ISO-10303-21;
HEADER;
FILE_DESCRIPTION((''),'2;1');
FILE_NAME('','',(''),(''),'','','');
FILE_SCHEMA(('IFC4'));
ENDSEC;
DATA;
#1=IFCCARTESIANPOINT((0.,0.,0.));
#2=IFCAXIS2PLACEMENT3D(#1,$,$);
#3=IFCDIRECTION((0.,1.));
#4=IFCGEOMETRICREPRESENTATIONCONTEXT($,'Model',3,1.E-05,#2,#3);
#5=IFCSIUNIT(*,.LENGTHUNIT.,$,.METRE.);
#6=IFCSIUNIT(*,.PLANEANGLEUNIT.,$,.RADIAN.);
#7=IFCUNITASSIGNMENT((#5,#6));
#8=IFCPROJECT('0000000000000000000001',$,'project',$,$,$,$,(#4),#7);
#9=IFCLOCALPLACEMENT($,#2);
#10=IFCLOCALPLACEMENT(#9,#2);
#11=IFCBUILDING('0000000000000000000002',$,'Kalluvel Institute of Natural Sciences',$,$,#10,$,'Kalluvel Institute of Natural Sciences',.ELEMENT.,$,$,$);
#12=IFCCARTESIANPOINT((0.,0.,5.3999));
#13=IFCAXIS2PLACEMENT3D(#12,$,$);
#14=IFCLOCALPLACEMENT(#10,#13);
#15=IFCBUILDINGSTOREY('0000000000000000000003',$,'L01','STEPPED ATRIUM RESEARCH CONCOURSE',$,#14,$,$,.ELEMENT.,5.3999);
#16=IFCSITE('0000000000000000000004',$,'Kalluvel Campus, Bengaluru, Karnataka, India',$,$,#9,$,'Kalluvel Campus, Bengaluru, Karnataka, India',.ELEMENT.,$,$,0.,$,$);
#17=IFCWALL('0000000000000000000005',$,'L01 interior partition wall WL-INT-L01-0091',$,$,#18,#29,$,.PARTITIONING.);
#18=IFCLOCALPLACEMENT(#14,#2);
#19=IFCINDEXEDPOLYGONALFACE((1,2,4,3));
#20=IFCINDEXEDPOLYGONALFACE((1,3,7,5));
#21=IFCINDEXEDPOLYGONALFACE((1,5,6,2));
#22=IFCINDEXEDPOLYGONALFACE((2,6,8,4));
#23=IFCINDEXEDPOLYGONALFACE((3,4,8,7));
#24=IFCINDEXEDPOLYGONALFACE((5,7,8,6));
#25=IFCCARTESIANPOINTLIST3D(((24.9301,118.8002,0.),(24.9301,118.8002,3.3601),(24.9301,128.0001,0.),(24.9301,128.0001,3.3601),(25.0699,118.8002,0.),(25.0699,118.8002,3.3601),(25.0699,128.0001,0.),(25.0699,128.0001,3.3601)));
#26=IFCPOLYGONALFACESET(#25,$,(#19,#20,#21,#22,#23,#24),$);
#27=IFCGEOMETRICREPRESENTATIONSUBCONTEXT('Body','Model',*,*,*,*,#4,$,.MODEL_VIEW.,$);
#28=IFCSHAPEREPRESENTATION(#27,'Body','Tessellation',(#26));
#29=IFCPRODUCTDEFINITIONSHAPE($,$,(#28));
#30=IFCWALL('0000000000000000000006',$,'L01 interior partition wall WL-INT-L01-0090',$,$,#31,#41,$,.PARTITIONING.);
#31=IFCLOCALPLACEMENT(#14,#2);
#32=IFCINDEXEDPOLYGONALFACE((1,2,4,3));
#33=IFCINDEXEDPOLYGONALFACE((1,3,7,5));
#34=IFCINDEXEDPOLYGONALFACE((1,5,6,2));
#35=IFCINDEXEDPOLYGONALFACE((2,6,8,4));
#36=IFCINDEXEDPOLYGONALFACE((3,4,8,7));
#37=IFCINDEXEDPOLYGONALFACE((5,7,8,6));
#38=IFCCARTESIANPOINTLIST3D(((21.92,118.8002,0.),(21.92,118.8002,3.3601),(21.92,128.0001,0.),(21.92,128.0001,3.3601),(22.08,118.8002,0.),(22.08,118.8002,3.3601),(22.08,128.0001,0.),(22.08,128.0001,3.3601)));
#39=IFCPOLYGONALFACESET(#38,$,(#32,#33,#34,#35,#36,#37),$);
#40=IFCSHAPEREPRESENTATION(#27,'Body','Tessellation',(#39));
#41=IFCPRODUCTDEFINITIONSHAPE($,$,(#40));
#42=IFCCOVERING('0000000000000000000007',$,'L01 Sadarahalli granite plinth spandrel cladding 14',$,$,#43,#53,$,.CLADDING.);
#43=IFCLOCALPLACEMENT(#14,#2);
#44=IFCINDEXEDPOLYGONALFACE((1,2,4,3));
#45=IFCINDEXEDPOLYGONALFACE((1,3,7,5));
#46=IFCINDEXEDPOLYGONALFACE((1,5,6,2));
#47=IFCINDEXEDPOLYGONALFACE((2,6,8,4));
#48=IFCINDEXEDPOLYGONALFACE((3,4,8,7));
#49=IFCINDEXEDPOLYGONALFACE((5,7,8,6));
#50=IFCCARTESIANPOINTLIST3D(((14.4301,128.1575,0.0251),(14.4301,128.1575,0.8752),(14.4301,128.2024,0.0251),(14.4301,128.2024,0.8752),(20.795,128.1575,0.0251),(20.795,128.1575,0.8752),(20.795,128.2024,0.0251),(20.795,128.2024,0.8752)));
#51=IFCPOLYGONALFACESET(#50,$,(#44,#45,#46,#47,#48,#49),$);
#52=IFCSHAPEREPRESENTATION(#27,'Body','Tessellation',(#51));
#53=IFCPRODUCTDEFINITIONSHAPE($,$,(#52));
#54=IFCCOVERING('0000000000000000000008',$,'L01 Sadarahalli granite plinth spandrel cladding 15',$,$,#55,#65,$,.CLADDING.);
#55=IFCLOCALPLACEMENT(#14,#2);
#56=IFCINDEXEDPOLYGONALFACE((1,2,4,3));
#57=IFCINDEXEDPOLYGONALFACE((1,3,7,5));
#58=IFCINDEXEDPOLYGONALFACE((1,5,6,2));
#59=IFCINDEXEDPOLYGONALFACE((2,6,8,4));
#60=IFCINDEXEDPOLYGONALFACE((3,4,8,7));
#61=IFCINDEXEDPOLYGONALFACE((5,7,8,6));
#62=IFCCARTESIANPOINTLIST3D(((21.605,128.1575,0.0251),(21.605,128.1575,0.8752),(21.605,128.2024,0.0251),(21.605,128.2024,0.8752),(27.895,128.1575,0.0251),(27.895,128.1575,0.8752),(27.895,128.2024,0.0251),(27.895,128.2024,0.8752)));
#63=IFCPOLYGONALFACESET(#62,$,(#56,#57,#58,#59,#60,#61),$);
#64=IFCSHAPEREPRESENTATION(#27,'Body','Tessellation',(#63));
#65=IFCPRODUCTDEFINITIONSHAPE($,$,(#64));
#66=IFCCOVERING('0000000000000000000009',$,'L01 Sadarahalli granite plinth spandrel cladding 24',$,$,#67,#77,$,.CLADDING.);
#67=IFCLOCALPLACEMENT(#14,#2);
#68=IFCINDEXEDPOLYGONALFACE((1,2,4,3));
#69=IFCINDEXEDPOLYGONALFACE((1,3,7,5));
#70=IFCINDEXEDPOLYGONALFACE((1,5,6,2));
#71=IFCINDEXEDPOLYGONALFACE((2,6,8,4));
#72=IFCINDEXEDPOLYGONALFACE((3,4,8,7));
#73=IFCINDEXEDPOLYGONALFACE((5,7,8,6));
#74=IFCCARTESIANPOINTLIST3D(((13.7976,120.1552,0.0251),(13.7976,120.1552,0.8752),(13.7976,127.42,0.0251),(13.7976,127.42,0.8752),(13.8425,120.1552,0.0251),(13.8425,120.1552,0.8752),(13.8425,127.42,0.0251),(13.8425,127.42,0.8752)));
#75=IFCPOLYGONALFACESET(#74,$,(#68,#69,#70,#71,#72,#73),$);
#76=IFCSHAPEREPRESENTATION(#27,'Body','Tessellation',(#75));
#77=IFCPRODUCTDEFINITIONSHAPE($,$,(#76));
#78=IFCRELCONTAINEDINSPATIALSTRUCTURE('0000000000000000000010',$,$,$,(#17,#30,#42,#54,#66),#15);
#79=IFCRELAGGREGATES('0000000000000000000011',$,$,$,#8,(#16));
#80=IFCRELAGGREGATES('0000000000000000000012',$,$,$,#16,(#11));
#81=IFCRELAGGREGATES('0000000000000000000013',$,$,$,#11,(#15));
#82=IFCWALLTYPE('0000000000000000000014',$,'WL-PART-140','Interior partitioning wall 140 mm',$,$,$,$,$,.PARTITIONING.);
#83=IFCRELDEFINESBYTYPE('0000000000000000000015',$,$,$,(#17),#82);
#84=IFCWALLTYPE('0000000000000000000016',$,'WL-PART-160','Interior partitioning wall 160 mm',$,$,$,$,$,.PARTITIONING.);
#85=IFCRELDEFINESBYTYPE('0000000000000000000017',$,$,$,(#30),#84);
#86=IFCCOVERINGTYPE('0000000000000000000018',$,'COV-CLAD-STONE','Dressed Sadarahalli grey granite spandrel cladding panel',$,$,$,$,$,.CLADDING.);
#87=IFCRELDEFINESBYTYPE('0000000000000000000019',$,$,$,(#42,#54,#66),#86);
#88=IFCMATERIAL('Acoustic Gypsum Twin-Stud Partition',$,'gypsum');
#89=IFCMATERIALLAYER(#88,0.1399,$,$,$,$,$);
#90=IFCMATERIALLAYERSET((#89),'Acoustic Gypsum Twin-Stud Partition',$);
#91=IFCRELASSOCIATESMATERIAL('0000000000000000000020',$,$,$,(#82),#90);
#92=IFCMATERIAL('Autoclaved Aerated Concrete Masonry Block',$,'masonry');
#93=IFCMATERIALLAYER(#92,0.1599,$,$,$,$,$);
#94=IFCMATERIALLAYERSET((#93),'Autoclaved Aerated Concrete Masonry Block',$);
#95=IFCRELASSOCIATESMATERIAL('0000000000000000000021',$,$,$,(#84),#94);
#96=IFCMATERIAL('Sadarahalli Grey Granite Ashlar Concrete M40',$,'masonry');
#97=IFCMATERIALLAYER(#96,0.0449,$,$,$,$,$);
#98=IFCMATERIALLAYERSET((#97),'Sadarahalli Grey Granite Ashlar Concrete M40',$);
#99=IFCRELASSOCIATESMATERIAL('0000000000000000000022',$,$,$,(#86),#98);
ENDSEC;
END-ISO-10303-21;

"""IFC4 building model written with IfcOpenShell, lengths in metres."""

from ifc_helpers import new_model, si_unit, direction, frame, frame_2d, origin, origin_2d, place, context, subcontext, project, spatial, rectangle, extrude, material, layer, layer_set, type_object, element, save


model = new_model("IFC4")

# Units and contexts
model_context = context("Model", 3, precision=1e-05, world=origin(), true_north=direction((0.0, 1.0)))
body_context = subcontext(model_context, "Body", "Model", "MODEL_VIEW")
ifc_project = project(units=[si_unit("LENGTHUNIT", "METRE"), si_unit("PLANEANGLEUNIT", "RADIAN")], contexts=[model_context])

# Site, building, storey
site_placement = place(None, origin())
site = spatial("IfcSite", under=ifc_project, at=site_placement, Name="Kalluvel Campus, Bengaluru, Karnataka, India", LongName="Kalluvel Campus, Bengaluru, Karnataka, India", CompositionType="ELEMENT", RefElevation=0.0)
building_placement = place(site_placement, origin())
building = spatial("IfcBuilding", under=site, at=building_placement, Name="Kalluvel Institute of Natural Sciences", LongName="Kalluvel Institute of Natural Sciences", CompositionType="ELEMENT")
storey_placement = place(building_placement, frame((0.0, 0.0, 5.3999)))
storey = spatial("IfcBuildingStorey", under=building, at=storey_placement, Name="L01", Description="STEPPED ATRIUM RESEARCH CONCOURSE", CompositionType="ELEMENT", Elevation=5.3999)

# Shared definitions
ifc_material_1 = material(Name="Sadarahalli Grey Granite Ashlar Concrete M40", Category="masonry")

# Walls
ifc_material_2 = material(Name="Acoustic Gypsum Twin-Stud Partition", Category="gypsum")
ifc_layer_1 = layer(ifc_material_2, 0.1399)
ifc_layer_set_1 = layer_set([ifc_layer_1], Name="Acoustic Gypsum Twin-Stud Partition")
wall_type_1 = type_object("IfcWallType", Name="WL-PART-140", Description="Interior partitioning wall 140 mm", PredefinedType="PARTITIONING", material=ifc_layer_set_1)
wall_1_placement = place(storey_placement, frame((25.0, 118.8, 0.0), z_axis=(0.0, 0.0, 1.0), x_axis=(0.0, 1.0, 0.0)))
element("IfcWall", 1, at=wall_1_placement, inside=storey, type_object=wall_type_1, Name="L01 interior partition wall WL-INT-L01-0091", PredefinedType="PARTITIONING", context=body_context, shape_type="SweptSolid", body=[
    extrude(rectangle(XDim=9.2, YDim=0.1399, at=frame_2d((4.6001, 0.0))), origin(), (0.0, 0.0, 1.0), 3.3601),
])
ifc_material_3 = material(Name="Autoclaved Aerated Concrete Masonry Block", Category="masonry")
ifc_layer_2 = layer(ifc_material_3, 0.1599)
ifc_layer_set_2 = layer_set([ifc_layer_2], Name="Autoclaved Aerated Concrete Masonry Block")
wall_type_2 = type_object("IfcWallType", Name="WL-PART-160", Description="Interior partitioning wall 160 mm", PredefinedType="PARTITIONING", material=ifc_layer_set_2)
wall_2_placement = place(storey_placement, frame((22.0, 118.8, 0.0), z_axis=(0.0, 0.0, 1.0), x_axis=(0.0, 1.0, 0.0)))
element("IfcWall", 2, at=wall_2_placement, inside=storey, type_object=wall_type_2, Name="L01 interior partition wall WL-INT-L01-0090", PredefinedType="PARTITIONING", context=body_context, shape_type="SweptSolid", body=[
    extrude(rectangle(XDim=9.2, YDim=0.1599, at=frame_2d((4.6001, 0.0))), origin(), (0.0, 0.0, 1.0), 3.3601),
])

# Coverings
ifc_layer_3 = layer(ifc_material_1, 0.0449)
ifc_layer_set_3 = layer_set([ifc_layer_3], Name="Sadarahalli Grey Granite Ashlar Concrete M40")
covering_type = type_object("IfcCoveringType", Name="COV-CLAD-STONE", Description="Dressed Sadarahalli grey granite spandrel cladding panel", PredefinedType="CLADDING", material=ifc_layer_set_3)
covering_1_placement = place(storey_placement, frame((17.6125, 128.1799, 0.0251), z_axis=(0.0, 0.0, 1.0), x_axis=(1.0, 0.0, 0.0)))
element("IfcCovering", 3, at=covering_1_placement, inside=storey, type_object=covering_type, Name="L01 Sadarahalli granite plinth spandrel cladding 14", PredefinedType="CLADDING", context=body_context, shape_type="SweptSolid", body=[
    extrude(rectangle(XDim=6.365, YDim=0.0449, at=origin_2d()), origin(), (0.0, 0.0, 1.0), 0.8501),
])
covering_2_placement = place(storey_placement, frame((24.75, 128.1799, 0.0251), z_axis=(0.0, 0.0, 1.0), x_axis=(1.0, 0.0, 0.0)))
element("IfcCovering", 4, at=covering_2_placement, inside=storey, type_object=covering_type, Name="L01 Sadarahalli granite plinth spandrel cladding 15", PredefinedType="CLADDING", context=body_context, shape_type="SweptSolid", body=[
    extrude(rectangle(XDim=6.29, YDim=0.0449, at=origin_2d()), origin(), (0.0, 0.0, 1.0), 0.8501),
])
covering_3_placement = place(storey_placement, frame((13.8201, 123.7876, 0.0251), z_axis=(0.0, 0.0, 1.0), x_axis=(0.0, 1.0, 0.0)))
element("IfcCovering", 5, at=covering_3_placement, inside=storey, type_object=covering_type, Name="L01 Sadarahalli granite plinth spandrel cladding 24", PredefinedType="CLADDING", context=body_context, shape_type="SweptSolid", body=[
    extrude(rectangle(XDim=7.2649, YDim=0.0449, at=origin_2d()), origin(), (0.0, 0.0, 1.0), 0.8501),
])

save(model, "model.ifc")
